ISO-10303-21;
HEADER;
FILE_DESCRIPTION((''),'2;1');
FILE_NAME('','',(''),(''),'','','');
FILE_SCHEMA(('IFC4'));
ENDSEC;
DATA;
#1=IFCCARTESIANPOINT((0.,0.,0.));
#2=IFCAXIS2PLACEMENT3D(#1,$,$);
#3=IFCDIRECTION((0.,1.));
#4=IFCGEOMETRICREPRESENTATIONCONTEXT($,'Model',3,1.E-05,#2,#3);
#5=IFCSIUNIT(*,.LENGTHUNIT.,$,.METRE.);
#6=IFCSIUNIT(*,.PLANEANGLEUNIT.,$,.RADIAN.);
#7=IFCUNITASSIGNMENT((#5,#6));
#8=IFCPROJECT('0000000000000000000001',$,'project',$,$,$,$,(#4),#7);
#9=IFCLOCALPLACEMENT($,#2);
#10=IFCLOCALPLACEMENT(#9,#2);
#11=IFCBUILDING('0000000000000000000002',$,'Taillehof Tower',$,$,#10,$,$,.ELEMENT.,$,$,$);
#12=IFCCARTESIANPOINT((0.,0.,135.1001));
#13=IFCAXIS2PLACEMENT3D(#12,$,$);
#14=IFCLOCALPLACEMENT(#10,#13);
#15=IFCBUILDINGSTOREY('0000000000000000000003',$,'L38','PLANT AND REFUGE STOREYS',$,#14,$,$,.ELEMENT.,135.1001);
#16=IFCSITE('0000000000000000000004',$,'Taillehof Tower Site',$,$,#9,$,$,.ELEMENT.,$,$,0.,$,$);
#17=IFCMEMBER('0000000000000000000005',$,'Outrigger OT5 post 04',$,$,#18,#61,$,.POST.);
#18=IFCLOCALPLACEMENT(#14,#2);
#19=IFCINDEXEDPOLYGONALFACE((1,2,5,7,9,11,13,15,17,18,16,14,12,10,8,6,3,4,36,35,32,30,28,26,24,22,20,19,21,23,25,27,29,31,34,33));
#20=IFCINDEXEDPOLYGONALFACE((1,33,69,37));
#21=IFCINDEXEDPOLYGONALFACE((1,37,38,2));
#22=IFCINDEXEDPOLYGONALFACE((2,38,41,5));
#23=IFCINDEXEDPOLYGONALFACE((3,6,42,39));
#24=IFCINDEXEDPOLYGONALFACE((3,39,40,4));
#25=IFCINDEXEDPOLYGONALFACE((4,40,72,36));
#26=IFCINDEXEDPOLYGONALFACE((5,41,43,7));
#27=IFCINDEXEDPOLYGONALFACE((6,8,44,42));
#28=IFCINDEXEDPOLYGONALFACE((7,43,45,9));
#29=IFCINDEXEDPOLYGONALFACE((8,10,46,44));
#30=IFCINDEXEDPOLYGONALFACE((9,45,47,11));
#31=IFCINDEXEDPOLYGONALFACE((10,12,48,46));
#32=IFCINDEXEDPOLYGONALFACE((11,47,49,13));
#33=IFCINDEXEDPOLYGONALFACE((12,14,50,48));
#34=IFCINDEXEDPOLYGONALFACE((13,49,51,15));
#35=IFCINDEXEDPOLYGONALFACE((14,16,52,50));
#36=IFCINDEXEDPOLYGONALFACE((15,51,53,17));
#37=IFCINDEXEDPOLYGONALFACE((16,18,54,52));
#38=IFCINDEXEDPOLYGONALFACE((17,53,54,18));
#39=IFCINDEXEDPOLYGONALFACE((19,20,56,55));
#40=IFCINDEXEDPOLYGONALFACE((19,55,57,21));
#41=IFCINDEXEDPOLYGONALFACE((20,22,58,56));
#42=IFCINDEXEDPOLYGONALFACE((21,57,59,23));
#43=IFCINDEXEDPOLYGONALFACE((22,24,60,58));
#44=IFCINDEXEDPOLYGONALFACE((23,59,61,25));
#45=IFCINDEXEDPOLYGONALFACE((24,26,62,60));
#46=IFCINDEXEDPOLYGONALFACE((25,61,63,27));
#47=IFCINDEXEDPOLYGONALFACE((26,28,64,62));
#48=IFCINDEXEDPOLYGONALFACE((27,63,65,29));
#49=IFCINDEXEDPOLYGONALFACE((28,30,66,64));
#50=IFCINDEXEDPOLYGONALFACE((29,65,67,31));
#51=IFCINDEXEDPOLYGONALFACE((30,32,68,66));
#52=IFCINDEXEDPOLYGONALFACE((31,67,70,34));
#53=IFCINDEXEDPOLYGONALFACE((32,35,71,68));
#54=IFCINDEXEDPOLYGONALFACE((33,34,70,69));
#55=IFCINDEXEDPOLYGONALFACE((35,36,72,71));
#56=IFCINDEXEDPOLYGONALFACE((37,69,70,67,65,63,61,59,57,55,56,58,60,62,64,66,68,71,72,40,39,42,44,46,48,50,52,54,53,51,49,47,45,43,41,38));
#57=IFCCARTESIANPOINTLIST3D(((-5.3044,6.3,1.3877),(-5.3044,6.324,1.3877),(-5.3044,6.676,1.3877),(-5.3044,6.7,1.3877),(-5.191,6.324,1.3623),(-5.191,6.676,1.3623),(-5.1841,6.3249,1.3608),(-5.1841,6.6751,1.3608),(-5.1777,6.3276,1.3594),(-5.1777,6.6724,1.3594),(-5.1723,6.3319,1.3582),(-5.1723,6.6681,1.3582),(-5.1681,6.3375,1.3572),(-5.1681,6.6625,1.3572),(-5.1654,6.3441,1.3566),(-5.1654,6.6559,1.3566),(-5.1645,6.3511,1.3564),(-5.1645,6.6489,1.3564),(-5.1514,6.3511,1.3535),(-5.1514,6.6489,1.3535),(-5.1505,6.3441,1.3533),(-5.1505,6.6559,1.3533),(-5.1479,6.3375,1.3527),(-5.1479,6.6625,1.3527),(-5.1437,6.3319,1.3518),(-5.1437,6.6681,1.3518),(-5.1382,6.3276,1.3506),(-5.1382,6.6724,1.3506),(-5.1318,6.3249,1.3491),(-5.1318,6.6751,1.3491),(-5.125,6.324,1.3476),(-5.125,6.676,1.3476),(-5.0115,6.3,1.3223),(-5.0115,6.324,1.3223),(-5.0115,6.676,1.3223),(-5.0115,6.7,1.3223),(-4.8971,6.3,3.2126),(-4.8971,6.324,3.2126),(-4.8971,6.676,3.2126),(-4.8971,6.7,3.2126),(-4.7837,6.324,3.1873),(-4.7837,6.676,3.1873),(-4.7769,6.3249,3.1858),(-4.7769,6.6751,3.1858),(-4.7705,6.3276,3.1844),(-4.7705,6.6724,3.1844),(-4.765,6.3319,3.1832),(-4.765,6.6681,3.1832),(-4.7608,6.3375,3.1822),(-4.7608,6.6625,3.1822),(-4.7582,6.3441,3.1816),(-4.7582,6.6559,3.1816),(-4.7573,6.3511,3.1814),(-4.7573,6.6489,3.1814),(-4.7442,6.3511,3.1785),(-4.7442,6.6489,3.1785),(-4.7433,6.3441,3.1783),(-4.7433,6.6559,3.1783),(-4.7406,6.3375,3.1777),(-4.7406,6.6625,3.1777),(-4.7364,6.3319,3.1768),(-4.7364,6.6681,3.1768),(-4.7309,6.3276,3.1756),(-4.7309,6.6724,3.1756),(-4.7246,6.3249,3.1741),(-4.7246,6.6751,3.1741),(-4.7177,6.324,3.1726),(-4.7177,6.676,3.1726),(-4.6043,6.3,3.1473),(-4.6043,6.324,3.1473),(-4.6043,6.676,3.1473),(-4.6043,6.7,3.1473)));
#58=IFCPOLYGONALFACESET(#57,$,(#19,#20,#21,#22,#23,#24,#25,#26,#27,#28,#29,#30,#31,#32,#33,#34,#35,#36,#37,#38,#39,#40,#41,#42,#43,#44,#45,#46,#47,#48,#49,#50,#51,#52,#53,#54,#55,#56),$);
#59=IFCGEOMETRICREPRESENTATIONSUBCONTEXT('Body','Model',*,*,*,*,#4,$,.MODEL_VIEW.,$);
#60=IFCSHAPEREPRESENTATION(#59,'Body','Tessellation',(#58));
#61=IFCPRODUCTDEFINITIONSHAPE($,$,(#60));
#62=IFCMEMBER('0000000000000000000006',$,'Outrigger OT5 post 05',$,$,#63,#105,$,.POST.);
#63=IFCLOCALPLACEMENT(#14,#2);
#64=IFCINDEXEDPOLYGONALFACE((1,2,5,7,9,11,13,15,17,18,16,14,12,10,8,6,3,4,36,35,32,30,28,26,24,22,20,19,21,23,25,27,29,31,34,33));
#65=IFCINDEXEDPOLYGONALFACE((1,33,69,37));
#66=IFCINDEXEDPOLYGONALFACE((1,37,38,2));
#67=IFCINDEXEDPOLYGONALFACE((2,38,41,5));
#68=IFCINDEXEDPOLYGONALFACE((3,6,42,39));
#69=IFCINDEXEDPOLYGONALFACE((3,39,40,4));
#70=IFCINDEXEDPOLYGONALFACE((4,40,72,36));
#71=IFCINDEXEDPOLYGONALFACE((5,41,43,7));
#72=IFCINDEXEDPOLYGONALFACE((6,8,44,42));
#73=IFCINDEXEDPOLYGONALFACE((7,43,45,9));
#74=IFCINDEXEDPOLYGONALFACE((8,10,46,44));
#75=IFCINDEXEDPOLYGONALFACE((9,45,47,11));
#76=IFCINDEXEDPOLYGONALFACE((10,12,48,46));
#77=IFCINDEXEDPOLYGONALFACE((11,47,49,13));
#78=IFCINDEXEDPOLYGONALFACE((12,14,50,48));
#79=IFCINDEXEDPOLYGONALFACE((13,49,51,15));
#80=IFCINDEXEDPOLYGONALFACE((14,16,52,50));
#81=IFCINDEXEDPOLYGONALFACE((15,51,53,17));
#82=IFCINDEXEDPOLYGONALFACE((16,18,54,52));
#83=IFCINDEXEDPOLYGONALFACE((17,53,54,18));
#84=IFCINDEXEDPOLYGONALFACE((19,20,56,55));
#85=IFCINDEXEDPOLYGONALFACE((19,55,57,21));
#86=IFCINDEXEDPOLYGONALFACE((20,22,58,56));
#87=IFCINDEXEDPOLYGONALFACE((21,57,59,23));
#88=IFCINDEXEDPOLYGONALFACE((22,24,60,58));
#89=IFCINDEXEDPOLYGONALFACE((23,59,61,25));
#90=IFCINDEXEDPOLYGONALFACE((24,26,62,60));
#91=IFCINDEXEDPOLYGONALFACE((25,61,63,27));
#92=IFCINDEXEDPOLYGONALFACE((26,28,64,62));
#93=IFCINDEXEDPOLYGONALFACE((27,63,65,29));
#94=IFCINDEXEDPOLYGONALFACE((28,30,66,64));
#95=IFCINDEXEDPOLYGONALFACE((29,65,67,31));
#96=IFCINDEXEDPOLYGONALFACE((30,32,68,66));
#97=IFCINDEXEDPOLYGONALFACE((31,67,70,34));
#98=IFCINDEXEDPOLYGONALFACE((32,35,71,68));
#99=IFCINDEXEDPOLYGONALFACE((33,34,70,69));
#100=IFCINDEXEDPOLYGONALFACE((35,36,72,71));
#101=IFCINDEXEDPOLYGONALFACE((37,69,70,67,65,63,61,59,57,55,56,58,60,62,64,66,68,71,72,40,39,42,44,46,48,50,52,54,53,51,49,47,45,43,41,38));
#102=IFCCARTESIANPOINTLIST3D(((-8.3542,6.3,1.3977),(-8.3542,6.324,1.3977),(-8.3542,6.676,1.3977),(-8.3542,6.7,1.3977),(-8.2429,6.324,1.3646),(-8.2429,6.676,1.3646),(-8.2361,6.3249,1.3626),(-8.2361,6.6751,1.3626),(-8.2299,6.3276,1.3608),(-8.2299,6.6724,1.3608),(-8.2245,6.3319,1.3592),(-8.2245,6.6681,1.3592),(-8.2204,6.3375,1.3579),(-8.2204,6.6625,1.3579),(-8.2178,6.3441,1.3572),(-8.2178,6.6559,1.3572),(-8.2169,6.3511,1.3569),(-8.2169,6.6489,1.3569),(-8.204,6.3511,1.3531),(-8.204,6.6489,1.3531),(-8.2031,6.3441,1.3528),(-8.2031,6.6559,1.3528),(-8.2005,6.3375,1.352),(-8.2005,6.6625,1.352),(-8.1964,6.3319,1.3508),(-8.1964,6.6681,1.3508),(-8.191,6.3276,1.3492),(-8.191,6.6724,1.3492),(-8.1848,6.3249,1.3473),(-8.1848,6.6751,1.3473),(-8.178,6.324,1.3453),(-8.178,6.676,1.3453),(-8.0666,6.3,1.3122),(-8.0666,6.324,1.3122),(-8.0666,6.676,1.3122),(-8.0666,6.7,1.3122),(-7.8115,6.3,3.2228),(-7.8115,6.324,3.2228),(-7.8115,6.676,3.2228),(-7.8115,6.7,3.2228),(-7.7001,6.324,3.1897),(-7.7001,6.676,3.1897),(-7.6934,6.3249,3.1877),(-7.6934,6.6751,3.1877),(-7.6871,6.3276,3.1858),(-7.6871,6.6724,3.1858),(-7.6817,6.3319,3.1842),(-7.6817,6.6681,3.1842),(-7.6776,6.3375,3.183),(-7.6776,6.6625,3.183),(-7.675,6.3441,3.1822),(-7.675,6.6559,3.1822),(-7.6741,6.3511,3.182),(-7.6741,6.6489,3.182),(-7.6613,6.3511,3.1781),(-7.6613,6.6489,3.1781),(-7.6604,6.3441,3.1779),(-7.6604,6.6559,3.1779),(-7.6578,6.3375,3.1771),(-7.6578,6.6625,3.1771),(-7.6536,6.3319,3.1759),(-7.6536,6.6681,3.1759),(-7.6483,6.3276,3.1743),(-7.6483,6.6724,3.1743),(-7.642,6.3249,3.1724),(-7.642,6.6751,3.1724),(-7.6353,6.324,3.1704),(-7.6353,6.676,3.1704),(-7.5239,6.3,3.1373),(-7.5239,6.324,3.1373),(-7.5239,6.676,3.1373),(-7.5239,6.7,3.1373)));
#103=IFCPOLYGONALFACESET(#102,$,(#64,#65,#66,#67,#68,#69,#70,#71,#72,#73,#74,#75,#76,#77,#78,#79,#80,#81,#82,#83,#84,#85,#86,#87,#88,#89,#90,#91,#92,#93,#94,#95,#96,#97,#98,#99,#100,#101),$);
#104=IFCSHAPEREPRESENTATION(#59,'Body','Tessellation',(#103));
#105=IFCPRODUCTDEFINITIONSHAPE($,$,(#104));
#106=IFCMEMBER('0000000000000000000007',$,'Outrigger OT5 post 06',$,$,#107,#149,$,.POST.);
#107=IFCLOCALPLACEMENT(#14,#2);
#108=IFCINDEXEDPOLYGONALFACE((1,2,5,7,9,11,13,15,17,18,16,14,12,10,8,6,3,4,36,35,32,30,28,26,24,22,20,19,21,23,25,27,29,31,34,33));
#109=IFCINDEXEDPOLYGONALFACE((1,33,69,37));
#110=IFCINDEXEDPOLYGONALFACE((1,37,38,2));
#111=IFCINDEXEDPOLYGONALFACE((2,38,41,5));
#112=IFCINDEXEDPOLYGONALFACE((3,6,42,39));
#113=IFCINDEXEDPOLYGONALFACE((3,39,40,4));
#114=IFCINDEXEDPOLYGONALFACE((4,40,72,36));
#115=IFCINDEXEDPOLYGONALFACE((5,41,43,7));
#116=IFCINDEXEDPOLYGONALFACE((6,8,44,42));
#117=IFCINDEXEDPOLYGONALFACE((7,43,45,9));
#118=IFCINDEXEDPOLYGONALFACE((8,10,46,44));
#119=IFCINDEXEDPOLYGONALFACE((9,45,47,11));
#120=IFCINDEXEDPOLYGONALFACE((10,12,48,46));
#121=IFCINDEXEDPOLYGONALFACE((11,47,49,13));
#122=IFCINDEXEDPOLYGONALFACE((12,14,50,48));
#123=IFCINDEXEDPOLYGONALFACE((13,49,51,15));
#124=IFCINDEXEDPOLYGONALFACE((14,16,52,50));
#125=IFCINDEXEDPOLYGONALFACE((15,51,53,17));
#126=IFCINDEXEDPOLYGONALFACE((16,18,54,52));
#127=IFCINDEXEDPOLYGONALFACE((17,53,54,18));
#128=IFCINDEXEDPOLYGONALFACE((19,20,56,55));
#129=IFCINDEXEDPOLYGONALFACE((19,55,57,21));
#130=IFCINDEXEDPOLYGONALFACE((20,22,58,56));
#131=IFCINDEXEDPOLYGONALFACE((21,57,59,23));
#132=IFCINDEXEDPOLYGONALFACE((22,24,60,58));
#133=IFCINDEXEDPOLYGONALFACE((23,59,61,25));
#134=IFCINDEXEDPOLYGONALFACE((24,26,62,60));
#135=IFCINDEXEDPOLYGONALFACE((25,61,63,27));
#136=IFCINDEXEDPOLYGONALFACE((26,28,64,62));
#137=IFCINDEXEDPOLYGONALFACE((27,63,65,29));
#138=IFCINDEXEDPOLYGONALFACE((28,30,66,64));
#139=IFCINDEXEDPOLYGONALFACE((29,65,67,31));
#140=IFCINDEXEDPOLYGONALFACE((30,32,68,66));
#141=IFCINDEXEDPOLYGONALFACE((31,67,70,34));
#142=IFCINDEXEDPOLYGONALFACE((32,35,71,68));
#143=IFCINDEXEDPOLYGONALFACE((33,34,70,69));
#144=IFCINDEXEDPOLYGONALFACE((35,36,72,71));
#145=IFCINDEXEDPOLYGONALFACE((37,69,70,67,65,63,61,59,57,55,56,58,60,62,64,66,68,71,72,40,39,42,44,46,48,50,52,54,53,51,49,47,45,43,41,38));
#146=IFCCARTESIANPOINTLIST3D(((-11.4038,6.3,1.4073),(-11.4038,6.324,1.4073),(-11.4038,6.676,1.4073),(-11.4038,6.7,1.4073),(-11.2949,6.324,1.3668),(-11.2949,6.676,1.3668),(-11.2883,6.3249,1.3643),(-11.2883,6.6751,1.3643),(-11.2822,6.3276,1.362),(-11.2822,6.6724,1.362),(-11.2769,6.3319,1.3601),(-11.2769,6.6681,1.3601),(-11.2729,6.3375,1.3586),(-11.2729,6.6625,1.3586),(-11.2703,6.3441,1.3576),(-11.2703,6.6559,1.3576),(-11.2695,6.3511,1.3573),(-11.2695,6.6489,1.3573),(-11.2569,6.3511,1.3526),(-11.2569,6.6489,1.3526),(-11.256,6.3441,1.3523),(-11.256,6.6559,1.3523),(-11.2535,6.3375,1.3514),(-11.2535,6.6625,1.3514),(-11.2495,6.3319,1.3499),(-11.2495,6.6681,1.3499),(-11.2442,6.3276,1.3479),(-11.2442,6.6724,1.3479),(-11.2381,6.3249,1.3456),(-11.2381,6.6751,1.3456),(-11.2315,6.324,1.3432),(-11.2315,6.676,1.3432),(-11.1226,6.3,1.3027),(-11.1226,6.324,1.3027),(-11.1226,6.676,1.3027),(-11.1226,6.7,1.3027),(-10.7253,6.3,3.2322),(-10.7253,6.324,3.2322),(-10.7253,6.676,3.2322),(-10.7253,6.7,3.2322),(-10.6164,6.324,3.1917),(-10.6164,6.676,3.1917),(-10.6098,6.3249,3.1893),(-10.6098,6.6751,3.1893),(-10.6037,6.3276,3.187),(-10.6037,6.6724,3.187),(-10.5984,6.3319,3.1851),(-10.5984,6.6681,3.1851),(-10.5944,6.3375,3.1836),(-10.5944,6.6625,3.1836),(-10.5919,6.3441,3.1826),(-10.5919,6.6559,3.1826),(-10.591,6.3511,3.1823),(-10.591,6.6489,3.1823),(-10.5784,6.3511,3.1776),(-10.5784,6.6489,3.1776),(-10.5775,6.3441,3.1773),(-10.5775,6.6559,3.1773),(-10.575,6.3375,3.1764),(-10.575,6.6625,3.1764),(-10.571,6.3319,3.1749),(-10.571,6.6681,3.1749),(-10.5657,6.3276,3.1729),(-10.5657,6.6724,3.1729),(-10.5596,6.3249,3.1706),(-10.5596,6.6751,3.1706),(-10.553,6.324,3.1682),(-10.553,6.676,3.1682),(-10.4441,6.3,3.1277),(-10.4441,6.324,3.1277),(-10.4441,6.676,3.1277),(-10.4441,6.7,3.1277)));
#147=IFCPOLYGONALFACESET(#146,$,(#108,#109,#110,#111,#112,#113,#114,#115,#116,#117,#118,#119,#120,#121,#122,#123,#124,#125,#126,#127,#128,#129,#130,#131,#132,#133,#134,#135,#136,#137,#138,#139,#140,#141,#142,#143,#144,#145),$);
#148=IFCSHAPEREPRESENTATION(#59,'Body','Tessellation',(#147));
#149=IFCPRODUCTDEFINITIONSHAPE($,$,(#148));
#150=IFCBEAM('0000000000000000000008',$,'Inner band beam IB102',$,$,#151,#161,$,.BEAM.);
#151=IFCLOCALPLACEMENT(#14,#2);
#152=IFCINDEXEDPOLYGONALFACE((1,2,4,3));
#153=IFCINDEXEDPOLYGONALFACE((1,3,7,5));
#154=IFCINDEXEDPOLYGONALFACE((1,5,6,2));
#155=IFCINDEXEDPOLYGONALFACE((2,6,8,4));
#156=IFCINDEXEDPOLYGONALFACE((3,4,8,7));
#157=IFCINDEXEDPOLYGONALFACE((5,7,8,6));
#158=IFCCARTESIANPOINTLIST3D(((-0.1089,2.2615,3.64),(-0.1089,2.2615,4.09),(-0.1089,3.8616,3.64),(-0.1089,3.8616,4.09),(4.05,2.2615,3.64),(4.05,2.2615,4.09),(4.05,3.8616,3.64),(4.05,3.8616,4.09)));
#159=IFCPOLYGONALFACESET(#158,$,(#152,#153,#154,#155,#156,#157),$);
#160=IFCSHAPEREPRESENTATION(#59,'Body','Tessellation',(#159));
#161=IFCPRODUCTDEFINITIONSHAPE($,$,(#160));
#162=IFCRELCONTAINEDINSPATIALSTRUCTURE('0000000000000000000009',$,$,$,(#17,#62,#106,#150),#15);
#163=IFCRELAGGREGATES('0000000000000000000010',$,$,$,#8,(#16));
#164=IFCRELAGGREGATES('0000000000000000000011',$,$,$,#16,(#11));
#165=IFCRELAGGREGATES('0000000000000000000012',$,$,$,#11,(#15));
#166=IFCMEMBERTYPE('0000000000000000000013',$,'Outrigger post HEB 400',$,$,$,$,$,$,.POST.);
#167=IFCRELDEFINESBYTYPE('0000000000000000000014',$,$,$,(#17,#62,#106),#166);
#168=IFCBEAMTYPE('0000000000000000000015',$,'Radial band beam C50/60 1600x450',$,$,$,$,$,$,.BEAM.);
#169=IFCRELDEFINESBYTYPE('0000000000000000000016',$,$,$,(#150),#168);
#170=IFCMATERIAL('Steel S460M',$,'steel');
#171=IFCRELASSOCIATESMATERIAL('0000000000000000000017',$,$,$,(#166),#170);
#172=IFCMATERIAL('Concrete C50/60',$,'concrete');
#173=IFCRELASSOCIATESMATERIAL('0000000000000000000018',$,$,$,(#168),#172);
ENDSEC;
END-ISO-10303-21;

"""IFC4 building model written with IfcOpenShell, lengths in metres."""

from ifc_helpers import new_model, si_unit, direction, frame, origin, origin_2d, place, context, subcontext, project, spatial, rectangle, i_section, extrude, material, material_profile, profile_set, type_object, element, save


model = new_model("IFC4")

# Units and contexts
model_context = context("Model", 3, precision=1e-05, world=origin(), true_north=direction((0.0, 1.0)))
body_context = subcontext(model_context, "Body", "Model", "MODEL_VIEW")
ifc_project = project(units=[si_unit("LENGTHUNIT", "METRE"), si_unit("PLANEANGLEUNIT", "RADIAN")], contexts=[model_context])

# Site, building, storey
site_placement = place(None, origin())
site = spatial("IfcSite", under=ifc_project, at=site_placement, Name="Taillehof Tower Site", CompositionType="ELEMENT", RefElevation=0.0)
building_placement = place(site_placement, origin())
building = spatial("IfcBuilding", under=site, at=building_placement, Name="Taillehof Tower", CompositionType="ELEMENT")
storey_placement = place(building_placement, frame((0.0, 0.0, 135.1001)))
storey = spatial("IfcBuildingStorey", under=building, at=storey_placement, Name="L38", Description="PLANT AND REFUGE STOREYS", CompositionType="ELEMENT", Elevation=135.1001)

# Members
ifc_material_1 = material(Name="Steel S460M", Category="steel")
ifc_material_profile_1 = material_profile(ifc_material_1, i_section(OverallWidth=0.3, OverallDepth=0.3999, WebThickness=0.0134, FlangeThickness=0.0239, FilletRadius=0.0271, at=origin_2d()), Name="HEB 400")
ifc_profile_set_1 = profile_set([ifc_material_profile_1], Name="Steel S460M")
member_type_1 = type_object("IfcMemberType", Name="Outrigger post HEB 400", PredefinedType="POST", material=ifc_profile_set_1)
member_1_placement = place(storey_placement, frame((-5.158, 6.5, 1.355), z_axis=(0.217788, 0.0, 0.975996), x_axis=(-0.975996, 0.0, 0.217788)))
element("IfcMember", 1, at=member_1_placement, inside=storey, type_object=member_type_1, Name="Outrigger OT5 post 04", PredefinedType="POST", context=body_context, shape_type="SweptSolid", body=[
    extrude(i_section(OverallWidth=0.3, OverallDepth=0.3999, WebThickness=0.0134, FlangeThickness=0.0239, FilletRadius=0.0271, at=origin_2d()), origin(), (0.0, 0.0, 1.0), 1.8699),
])
member_2_placement = place(storey_placement, frame((-8.2104, 6.5, 1.355), z_axis=(0.285053, 0.0, 0.958512), x_axis=(-0.958512, 0.0, 0.285053)))
element("IfcMember", 2, at=member_2_placement, inside=storey, type_object=member_type_1, Name="Outrigger OT5 post 05", PredefinedType="POST", context=body_context, shape_type="SweptSolid", body=[
    extrude(i_section(OverallWidth=0.3, OverallDepth=0.3999, WebThickness=0.0134, FlangeThickness=0.0239, FilletRadius=0.0271, at=origin_2d()), origin(), (0.0, 0.0, 1.0), 1.9041),
])
member_3_placement = place(storey_placement, frame((-11.2632, 6.5, 1.355), z_axis=(0.34847, 0.0, 0.93732), x_axis=(-0.93732, 0.0, 0.34847)))
element("IfcMember", 3, at=member_3_placement, inside=storey, type_object=member_type_1, Name="Outrigger OT5 post 06", PredefinedType="POST", context=body_context, shape_type="SweptSolid", body=[
    extrude(i_section(OverallWidth=0.3, OverallDepth=0.3999, WebThickness=0.0134, FlangeThickness=0.0239, FilletRadius=0.0271, at=origin_2d()), origin(), (0.0, 0.0, 1.0), 1.947),
])

# Beam
ifc_material_2 = material(Name="Concrete C50/60", Category="concrete")
ifc_material_profile_2 = material_profile(ifc_material_2, rectangle(XDim=1.6001, YDim=0.45, at=origin_2d()), Name="RC 1600x450")
ifc_profile_set_2 = profile_set([ifc_material_profile_2], Name="Concrete C50/60")
beam_type_1 = type_object("IfcBeamType", Name="Radial band beam C50/60 1600x450", PredefinedType="BEAM", material=ifc_profile_set_2)
beam_1_placement = place(storey_placement, frame((-0.1089, 3.0615, 3.865), z_axis=(1.0, 0.0, 0.0), x_axis=(0.0, 1.0, 0.0)))
element("IfcBeam", 4, at=beam_1_placement, inside=storey, type_object=beam_type_1, Name="Inner band beam IB102", PredefinedType="BEAM", context=body_context, shape_type="SweptSolid", body=[
    extrude(rectangle(XDim=1.6001, YDim=0.45, at=origin_2d()), origin(), (0.0, 0.0, 1.0), 4.1589),
])

save(model, "model.ifc")
